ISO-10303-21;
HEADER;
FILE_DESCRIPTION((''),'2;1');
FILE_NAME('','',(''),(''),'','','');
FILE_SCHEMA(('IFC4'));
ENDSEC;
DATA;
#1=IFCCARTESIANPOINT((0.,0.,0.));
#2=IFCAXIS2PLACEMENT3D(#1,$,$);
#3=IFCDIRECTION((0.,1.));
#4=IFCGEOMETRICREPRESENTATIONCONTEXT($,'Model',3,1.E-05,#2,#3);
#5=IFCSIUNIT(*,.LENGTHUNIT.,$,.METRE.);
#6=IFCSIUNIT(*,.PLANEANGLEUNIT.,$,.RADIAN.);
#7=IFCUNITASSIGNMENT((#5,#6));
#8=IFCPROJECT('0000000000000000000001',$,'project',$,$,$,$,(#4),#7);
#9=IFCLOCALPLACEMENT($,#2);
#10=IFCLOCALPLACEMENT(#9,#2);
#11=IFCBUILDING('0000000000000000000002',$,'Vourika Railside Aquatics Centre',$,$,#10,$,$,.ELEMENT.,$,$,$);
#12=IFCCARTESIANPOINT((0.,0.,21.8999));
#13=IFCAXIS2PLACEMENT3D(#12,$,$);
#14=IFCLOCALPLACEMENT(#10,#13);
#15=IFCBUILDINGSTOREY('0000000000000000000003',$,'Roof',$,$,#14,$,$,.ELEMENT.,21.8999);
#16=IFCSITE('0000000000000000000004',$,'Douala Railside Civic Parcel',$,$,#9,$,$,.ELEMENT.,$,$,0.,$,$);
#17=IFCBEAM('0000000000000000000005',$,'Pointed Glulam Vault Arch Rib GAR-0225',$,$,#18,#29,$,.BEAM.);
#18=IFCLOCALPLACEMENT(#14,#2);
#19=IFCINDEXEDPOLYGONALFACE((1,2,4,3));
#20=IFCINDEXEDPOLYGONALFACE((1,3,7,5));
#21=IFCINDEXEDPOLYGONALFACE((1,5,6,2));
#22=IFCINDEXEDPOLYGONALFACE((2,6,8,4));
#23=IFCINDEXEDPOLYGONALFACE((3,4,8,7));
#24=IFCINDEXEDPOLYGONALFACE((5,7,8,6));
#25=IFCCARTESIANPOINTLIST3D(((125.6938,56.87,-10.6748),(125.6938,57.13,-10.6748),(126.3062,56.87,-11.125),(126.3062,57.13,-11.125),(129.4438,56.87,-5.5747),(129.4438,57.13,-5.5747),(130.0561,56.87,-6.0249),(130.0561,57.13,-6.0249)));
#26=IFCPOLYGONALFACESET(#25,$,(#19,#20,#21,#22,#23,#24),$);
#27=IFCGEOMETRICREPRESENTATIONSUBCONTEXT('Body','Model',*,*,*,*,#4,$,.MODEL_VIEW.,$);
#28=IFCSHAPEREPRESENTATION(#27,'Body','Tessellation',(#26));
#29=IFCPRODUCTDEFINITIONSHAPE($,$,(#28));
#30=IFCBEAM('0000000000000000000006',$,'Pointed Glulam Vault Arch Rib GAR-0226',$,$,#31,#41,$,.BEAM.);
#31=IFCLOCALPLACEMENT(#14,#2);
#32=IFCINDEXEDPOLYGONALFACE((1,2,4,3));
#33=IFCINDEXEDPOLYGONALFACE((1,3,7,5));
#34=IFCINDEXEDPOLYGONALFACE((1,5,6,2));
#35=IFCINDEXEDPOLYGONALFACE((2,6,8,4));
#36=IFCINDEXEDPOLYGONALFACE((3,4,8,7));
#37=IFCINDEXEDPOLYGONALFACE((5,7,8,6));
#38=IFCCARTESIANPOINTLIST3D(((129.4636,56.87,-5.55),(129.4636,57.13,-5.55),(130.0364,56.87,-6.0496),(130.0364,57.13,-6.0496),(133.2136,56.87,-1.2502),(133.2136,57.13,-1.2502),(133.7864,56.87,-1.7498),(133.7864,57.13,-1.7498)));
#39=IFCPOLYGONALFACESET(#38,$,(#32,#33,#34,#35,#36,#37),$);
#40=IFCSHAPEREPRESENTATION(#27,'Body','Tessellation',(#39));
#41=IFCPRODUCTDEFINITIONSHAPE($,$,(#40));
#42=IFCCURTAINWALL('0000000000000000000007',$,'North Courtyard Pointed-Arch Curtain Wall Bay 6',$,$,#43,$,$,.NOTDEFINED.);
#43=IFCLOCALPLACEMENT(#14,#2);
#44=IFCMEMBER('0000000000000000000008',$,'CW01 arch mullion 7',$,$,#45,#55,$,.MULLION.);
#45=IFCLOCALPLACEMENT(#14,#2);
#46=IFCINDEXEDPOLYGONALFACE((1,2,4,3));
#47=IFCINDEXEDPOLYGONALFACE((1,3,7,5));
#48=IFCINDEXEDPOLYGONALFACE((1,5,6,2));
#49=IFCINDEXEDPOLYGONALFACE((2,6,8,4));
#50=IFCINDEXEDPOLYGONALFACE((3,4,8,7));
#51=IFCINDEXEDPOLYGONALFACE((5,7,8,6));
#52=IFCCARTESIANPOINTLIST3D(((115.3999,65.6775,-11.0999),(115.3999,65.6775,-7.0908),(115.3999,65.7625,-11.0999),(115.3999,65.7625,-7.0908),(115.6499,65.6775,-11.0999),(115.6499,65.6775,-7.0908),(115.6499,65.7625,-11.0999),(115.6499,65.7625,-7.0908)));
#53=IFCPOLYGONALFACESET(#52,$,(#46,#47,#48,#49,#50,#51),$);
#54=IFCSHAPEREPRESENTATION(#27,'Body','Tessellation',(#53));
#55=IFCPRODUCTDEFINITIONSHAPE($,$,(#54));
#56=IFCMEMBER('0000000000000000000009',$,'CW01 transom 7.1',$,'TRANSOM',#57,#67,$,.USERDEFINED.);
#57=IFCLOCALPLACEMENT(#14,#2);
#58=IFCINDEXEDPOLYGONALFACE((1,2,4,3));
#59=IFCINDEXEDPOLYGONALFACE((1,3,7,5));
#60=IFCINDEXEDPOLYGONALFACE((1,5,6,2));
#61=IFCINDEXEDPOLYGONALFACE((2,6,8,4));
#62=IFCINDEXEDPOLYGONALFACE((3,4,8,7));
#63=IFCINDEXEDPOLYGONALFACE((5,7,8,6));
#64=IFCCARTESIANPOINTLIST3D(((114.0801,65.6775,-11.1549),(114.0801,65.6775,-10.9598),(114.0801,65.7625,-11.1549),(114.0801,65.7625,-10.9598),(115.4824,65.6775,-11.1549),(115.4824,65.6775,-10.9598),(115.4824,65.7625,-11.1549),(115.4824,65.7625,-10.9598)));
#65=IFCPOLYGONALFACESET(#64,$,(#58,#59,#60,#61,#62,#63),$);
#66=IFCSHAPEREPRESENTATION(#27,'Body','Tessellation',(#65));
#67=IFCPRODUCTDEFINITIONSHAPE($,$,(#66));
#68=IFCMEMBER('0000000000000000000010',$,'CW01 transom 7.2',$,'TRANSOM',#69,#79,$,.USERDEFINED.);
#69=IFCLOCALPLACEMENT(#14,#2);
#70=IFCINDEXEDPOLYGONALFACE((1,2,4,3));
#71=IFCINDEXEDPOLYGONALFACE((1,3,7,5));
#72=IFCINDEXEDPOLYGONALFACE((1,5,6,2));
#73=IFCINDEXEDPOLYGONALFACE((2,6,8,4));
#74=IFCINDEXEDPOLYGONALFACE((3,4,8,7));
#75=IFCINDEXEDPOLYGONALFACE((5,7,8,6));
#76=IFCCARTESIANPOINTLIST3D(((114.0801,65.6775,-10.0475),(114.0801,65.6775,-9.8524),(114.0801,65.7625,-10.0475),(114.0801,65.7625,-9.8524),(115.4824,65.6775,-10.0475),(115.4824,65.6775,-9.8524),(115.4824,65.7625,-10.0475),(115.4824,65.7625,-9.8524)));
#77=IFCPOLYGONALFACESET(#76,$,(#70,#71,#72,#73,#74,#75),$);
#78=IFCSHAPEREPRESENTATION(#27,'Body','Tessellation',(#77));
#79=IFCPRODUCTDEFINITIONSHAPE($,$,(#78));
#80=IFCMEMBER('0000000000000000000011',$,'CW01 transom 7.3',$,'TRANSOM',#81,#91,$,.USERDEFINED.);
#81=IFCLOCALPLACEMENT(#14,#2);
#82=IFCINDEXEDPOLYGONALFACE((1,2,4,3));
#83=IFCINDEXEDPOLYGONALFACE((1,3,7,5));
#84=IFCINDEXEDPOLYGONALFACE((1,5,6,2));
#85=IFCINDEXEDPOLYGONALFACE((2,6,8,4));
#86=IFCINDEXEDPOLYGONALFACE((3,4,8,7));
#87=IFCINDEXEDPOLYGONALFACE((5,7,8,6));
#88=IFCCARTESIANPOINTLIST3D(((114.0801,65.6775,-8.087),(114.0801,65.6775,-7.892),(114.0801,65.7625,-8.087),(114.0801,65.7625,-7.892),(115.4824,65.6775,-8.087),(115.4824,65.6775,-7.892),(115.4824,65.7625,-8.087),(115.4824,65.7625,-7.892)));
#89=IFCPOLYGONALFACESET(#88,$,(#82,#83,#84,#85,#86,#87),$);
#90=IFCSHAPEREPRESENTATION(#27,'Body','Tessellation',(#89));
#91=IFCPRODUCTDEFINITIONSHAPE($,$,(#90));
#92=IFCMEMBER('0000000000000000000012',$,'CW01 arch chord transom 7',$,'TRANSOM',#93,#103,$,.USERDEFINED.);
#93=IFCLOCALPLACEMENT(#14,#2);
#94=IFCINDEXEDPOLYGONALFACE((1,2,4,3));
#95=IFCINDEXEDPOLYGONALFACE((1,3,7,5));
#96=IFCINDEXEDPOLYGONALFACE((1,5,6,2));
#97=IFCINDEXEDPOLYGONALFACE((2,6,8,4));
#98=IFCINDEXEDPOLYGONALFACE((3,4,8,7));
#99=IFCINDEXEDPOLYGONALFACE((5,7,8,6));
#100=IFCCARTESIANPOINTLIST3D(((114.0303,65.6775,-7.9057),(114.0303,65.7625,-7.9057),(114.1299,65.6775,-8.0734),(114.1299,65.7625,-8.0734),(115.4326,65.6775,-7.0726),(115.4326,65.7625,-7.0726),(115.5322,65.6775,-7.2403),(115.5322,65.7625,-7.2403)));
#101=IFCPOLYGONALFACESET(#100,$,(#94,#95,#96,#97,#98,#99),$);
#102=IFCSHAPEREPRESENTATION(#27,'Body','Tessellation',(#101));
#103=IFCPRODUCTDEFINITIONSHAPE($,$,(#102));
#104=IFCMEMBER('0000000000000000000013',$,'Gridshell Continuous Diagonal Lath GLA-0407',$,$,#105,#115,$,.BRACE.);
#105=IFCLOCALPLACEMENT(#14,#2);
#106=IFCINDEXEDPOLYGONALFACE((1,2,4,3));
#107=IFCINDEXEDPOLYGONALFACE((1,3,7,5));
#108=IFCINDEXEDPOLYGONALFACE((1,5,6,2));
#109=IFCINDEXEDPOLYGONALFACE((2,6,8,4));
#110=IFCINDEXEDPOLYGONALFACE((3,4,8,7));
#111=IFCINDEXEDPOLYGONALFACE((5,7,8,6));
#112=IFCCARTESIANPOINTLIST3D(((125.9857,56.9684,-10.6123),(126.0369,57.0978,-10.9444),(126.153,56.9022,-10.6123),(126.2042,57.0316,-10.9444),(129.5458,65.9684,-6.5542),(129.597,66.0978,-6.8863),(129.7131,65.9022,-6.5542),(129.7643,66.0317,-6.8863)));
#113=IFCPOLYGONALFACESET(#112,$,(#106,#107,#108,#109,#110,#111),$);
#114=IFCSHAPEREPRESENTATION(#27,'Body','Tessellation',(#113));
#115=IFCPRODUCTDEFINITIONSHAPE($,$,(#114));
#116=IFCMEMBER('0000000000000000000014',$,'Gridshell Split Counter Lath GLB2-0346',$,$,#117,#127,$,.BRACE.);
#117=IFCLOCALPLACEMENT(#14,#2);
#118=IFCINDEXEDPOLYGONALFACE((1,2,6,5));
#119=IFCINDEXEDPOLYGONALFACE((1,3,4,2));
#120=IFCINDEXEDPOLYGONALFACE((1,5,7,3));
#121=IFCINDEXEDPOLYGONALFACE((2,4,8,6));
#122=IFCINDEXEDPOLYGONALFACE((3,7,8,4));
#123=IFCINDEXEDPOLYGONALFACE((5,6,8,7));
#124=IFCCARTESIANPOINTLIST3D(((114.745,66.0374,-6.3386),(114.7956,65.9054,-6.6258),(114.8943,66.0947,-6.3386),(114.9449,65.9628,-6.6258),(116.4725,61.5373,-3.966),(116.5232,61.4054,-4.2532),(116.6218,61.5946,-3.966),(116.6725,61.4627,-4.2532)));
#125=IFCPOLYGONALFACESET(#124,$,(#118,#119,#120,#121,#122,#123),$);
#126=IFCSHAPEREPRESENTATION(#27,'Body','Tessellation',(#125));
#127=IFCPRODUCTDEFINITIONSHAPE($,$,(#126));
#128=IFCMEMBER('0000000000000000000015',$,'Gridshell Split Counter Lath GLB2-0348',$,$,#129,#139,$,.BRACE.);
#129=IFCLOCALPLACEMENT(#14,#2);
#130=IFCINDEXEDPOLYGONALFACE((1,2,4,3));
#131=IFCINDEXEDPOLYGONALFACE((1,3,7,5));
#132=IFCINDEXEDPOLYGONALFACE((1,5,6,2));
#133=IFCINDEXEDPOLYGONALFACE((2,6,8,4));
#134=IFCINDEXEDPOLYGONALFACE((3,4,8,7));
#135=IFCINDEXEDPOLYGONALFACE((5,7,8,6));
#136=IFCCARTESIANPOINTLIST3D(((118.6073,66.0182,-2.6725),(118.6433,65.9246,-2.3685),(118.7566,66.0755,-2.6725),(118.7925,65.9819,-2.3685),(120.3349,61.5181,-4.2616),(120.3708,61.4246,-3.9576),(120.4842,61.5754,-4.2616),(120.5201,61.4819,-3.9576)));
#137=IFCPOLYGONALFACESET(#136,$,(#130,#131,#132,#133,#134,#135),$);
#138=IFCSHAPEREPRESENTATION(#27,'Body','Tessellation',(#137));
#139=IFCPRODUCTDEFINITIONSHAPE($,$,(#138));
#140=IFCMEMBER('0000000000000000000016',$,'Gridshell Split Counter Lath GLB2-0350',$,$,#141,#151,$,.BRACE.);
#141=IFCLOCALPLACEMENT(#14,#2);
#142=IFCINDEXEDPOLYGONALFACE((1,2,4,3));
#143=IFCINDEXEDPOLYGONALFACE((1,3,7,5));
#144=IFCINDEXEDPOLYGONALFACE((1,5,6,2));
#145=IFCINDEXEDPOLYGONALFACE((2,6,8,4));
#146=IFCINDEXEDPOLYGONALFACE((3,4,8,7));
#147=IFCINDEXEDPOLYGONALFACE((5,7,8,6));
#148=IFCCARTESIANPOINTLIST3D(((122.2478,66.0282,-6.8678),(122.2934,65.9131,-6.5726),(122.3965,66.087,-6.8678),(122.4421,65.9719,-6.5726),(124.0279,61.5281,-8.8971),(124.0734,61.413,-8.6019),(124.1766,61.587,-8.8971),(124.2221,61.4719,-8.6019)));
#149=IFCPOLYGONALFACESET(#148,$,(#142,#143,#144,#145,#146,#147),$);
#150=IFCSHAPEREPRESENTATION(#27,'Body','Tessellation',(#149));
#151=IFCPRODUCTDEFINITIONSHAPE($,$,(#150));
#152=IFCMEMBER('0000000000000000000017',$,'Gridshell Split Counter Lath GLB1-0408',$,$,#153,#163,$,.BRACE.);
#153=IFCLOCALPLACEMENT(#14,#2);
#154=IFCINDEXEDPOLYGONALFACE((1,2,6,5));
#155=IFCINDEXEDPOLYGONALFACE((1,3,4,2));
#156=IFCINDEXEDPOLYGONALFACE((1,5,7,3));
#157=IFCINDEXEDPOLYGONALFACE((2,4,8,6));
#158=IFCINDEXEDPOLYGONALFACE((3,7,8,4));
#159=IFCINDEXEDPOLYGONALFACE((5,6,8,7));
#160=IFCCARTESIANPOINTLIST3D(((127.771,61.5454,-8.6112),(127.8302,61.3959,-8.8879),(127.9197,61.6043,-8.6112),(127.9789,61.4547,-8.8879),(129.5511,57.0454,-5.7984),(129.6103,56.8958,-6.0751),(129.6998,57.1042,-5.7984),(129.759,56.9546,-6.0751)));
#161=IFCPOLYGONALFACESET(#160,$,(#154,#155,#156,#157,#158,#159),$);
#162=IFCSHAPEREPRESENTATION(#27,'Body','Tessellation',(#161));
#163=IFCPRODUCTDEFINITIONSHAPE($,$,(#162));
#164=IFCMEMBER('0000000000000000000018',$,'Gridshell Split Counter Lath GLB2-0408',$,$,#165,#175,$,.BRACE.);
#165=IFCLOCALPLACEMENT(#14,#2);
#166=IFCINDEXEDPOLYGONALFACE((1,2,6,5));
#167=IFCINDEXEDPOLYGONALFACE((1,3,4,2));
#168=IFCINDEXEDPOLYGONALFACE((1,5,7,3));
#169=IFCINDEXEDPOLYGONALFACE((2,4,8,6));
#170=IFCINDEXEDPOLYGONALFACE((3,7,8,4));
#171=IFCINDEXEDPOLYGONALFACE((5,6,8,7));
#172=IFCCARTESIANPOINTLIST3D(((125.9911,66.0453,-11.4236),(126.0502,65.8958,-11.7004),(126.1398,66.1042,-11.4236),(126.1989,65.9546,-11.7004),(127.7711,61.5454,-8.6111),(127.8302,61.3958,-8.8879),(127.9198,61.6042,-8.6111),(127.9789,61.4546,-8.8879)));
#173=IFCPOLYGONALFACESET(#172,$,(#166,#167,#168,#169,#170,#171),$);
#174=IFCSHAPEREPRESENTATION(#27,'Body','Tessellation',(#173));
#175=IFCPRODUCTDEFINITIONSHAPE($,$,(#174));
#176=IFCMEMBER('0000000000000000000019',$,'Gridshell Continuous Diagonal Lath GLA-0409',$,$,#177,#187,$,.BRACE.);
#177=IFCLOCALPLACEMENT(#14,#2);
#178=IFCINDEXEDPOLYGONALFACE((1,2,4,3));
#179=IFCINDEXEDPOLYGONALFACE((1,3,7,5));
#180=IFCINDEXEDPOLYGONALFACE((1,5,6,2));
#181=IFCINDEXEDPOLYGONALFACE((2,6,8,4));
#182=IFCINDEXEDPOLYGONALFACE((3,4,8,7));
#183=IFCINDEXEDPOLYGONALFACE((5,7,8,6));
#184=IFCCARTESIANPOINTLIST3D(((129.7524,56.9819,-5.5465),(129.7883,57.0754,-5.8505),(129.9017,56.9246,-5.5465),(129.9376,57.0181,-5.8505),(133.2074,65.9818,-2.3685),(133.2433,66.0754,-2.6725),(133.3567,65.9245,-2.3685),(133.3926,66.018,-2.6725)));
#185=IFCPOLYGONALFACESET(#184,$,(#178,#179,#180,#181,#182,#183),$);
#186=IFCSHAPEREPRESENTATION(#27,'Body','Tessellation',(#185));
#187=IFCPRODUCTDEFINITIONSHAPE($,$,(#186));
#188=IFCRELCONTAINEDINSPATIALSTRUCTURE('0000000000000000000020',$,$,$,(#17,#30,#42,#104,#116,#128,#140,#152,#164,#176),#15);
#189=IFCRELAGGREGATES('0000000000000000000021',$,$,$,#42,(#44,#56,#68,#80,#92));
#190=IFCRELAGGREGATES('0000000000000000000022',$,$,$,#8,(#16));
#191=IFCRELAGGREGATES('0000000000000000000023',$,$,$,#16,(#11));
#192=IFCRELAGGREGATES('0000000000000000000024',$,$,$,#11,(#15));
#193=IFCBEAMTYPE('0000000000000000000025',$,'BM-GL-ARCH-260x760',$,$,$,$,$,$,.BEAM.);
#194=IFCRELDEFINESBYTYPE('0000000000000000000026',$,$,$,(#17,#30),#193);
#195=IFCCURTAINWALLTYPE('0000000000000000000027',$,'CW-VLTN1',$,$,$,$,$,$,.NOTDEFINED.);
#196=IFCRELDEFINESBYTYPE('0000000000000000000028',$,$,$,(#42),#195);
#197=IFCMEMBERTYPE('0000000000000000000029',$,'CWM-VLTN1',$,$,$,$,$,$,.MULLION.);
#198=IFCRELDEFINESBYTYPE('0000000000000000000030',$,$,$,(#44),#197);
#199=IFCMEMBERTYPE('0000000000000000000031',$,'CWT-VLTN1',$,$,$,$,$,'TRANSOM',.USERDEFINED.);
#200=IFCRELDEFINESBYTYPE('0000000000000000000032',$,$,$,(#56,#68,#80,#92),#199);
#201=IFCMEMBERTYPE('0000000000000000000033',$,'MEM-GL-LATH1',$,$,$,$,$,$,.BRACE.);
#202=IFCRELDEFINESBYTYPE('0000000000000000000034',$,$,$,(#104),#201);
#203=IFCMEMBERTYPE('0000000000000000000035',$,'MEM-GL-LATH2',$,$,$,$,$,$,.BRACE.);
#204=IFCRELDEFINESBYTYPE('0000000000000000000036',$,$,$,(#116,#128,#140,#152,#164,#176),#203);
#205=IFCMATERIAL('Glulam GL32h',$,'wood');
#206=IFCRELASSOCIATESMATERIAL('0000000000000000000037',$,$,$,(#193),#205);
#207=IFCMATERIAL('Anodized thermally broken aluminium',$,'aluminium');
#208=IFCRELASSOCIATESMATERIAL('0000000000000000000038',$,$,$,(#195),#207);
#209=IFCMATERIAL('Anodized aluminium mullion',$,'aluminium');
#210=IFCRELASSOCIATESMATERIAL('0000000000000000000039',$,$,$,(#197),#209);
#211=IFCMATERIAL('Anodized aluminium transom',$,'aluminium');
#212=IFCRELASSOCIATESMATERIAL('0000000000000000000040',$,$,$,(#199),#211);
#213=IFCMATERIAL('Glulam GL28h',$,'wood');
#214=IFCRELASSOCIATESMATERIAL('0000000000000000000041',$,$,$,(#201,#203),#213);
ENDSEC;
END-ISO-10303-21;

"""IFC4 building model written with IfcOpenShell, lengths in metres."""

from ifc_helpers import new_model, si_unit, direction, frame, origin, origin_2d, place, context, subcontext, project, spatial, rectangle, extrude, material, material_profile, profile_set, type_object, element, aggregate, save


model = new_model("IFC4")

# Units and contexts
model_context = context("Model", 3, precision=1e-05, world=origin(), true_north=direction((0.0, 1.0)))
body_context = subcontext(model_context, "Body", "Model", "MODEL_VIEW")
ifc_project = project(units=[si_unit("LENGTHUNIT", "METRE"), si_unit("PLANEANGLEUNIT", "RADIAN")], contexts=[model_context])

# Site, building, storey
site_placement = place(None, origin())
site = spatial("IfcSite", under=ifc_project, at=site_placement, Name="Douala Railside Civic Parcel", CompositionType="ELEMENT", RefElevation=0.0)
building_placement = place(site_placement, origin())
building = spatial("IfcBuilding", under=site, at=building_placement, Name="Vourika Railside Aquatics Centre", CompositionType="ELEMENT")
storey_placement = place(building_placement, frame((0.0, 0.0, 21.8999)))
storey = spatial("IfcBuildingStorey", under=building, at=storey_placement, Name="Roof", CompositionType="ELEMENT", Elevation=21.8999)

# Beams
ifc_material_1 = material(Name="Glulam GL32h", Category="wood")
ifc_material_profile_1 = material_profile(ifc_material_1, rectangle(XDim=0.26, YDim=0.76, at=origin_2d()), Name="GL32h 260x760")
ifc_profile_set_1 = profile_set([ifc_material_profile_1], Name="Glulam GL32h")
beam_type = type_object("IfcBeamType", Name="BM-GL-ARCH-260x760", PredefinedType="BEAM", material=ifc_profile_set_1)
beam_1_placement = place(storey_placement, frame((126.0, 57.0, -10.8999), z_axis=(0.592383, 0.0, 0.805656), x_axis=(0.0, 1.0, 0.0)))
element("IfcBeam", 1, at=beam_1_placement, inside=storey, type_object=beam_type, Name="Pointed Glulam Vault Arch Rib GAR-0225", PredefinedType="BEAM", context=body_context, shape_type="SweptSolid", body=[
    extrude(rectangle(XDim=0.26, YDim=0.76, at=origin_2d()), origin(), (0.0, 0.0, 1.0), 6.3303),
])
beam_2_placement = place(storey_placement, frame((129.75, 57.0, -5.7998), z_axis=(0.65728, 0.0, 0.753647), x_axis=(0.0, 1.0, 0.0)))
element("IfcBeam", 2, at=beam_2_placement, inside=storey, type_object=beam_type, Name="Pointed Glulam Vault Arch Rib GAR-0226", PredefinedType="BEAM", context=body_context, shape_type="SweptSolid", body=[
    extrude(rectangle(XDim=0.26, YDim=0.76, at=origin_2d()), origin(), (0.0, 0.0, 1.0), 5.7053),
])

# Curtain wall, members
ifc_material_2 = material(Name="Anodized thermally broken aluminium", Category="aluminium")
curtain_wall_type = type_object("IfcCurtainWallType", Name="CW-VLTN1", PredefinedType="NOTDEFINED", material=ifc_material_2)
curtain_wall_placement = place(storey_placement, origin())
curtain_wall = element("IfcCurtainWall", 3, at=curtain_wall_placement, inside=storey, type_object=curtain_wall_type, Name="North Courtyard Pointed-Arch Curtain Wall Bay 6", PredefinedType="NOTDEFINED")
ifc_material_3 = material(Name="Anodized aluminium mullion", Category="aluminium")
ifc_material_profile_2 = material_profile(ifc_material_3, rectangle(XDim=0.085, YDim=0.25, at=origin_2d()), Name="ALU-M 85x250")
ifc_profile_set_2 = profile_set([ifc_material_profile_2], Name="Anodized aluminium mullion")
member_type_1 = type_object("IfcMemberType", Name="CWM-VLTN1", PredefinedType="MULLION", material=ifc_profile_set_2)
member_1_placement = place(storey_placement, frame((115.5249, 65.72, -11.0999), z_axis=(0.0, 0.0, 1.0), x_axis=(0.0, -1.0, 0.0)))
member_1 = element("IfcMember", 4, at=member_1_placement, type_object=member_type_1, Name="CW01 arch mullion 7", PredefinedType="MULLION", context=body_context, shape_type="SweptSolid", body=[
    extrude(rectangle(XDim=0.085, YDim=0.25, at=origin_2d()), origin(), (0.0, 0.0, 1.0), 4.009),
])
ifc_material_4 = material(Name="Anodized aluminium transom", Category="aluminium")
ifc_material_profile_3 = material_profile(ifc_material_4, rectangle(XDim=0.085, YDim=0.1951, at=origin_2d()), Name="ALU-T 85x195")
ifc_profile_set_3 = profile_set([ifc_material_profile_3], Name="Anodized aluminium transom")
member_type_2 = type_object("IfcMemberType", Name="CWT-VLTN1", ElementType="TRANSOM", PredefinedType="USERDEFINED", material=ifc_profile_set_3)
member_2_placement = place(storey_placement, frame((115.4824, 65.72, -11.0574), z_axis=(-1.0, 0.0, 0.0), x_axis=(0.0, -1.0, 0.0)))
member_2 = element("IfcMember", 5, at=member_2_placement, type_object=member_type_2, Name="CW01 transom 7.1", ObjectType="TRANSOM", PredefinedType="USERDEFINED", context=body_context, shape_type="SweptSolid", body=[
    extrude(rectangle(XDim=0.085, YDim=0.1951, at=origin_2d()), origin(), (0.0, 0.0, 1.0), 1.4023),
])
member_3_placement = place(storey_placement, frame((115.4824, 65.72, -9.95), z_axis=(-1.0, 0.0, 0.0), x_axis=(0.0, -1.0, 0.0)))
member_3 = element("IfcMember", 6, at=member_3_placement, type_object=member_type_2, Name="CW01 transom 7.2", ObjectType="TRANSOM", PredefinedType="USERDEFINED", context=body_context, shape_type="SweptSolid", body=[
    extrude(rectangle(XDim=0.085, YDim=0.1951, at=origin_2d()), origin(), (0.0, 0.0, 1.0), 1.4023),
])
member_4_placement = place(storey_placement, frame((115.4824, 65.72, -7.9895), z_axis=(-1.0, 0.0, 0.0), x_axis=(0.0, -1.0, 0.0)))
member_4 = element("IfcMember", 7, at=member_4_placement, type_object=member_type_2, Name="CW01 transom 7.3", ObjectType="TRANSOM", PredefinedType="USERDEFINED", context=body_context, shape_type="SweptSolid", body=[
    extrude(rectangle(XDim=0.085, YDim=0.1951, at=origin_2d()), origin(), (0.0, 0.0, 1.0), 1.4023),
])
member_5_placement = place(storey_placement, frame((115.4824, 65.72, -7.1565), z_axis=(-0.859756, 0.0, -0.510705), x_axis=(0.0, -1.0, 0.0)))
member_5 = element("IfcMember", 8, at=member_5_placement, type_object=member_type_2, Name="CW01 arch chord transom 7", ObjectType="TRANSOM", PredefinedType="USERDEFINED", context=body_context, shape_type="SweptSolid", body=[
    extrude(rectangle(XDim=0.085, YDim=0.1951, at=origin_2d()), origin(), (0.0, 0.0, 1.0), 1.6311),
])

# Members
ifc_material_5 = material(Name="Glulam GL28h", Category="wood")
ifc_material_profile_4 = material_profile(ifc_material_5, rectangle(XDim=0.1799, YDim=0.3601, at=origin_2d()), Name="GL28h 180x360")
ifc_profile_set_4 = profile_set([ifc_material_profile_4], Name="Glulam GL28h")
member_type_3 = type_object("IfcMemberType", Name="MEM-GL-LATH1", PredefinedType="BRACE", material=ifc_profile_set_4)
member_6_placement = place(storey_placement, frame((126.095, 57.0, -10.7783), z_axis=(0.339219, 0.857562, 0.386675), x_axis=(-0.929893, 0.36783, 0.0)))
element("IfcMember", 9, at=member_6_placement, inside=storey, type_object=member_type_3, Name="Gridshell Continuous Diagonal Lath GLA-0407", PredefinedType="BRACE", context=body_context, shape_type="SweptSolid", body=[
    extrude(rectangle(XDim=0.1799, YDim=0.3601, at=origin_2d()), origin(), (0.0, 0.0, 1.0), 10.4949),
])
ifc_material_profile_5 = material_profile(ifc_material_5, rectangle(XDim=0.1599, YDim=0.3201, at=origin_2d()), Name="GL28h 160x320")
ifc_profile_set_5 = profile_set([ifc_material_profile_5], Name="Glulam GL28h")
member_type_4 = type_object("IfcMemberType", Name="MEM-GL-LATH2", PredefinedType="BRACE", material=ifc_profile_set_5)
member_7_placement = place(storey_placement, frame((116.5725, 61.5, -4.1096), z_axis=(-0.321554, 0.837604, -0.441614), x_axis=(-0.93357, -0.358395, 0.0)))
element("IfcMember", 10, at=member_7_placement, inside=storey, type_object=member_type_4, Name="Gridshell Split Counter Lath GLB2-0346", PredefinedType="BRACE", context=body_context, shape_type="SweptSolid", body=[
    extrude(rectangle(XDim=0.1599, YDim=0.3201, at=origin_2d()), origin(), (0.0, 0.0, 1.0), 5.3726),
])
member_8_placement = place(storey_placement, frame((120.4275, 61.5, -4.1096), z_axis=(-0.340375, 0.88663, 0.313101), x_axis=(-0.93357, -0.358395, 0.0)))
element("IfcMember", 11, at=member_8_placement, inside=storey, type_object=member_type_4, Name="Gridshell Split Counter Lath GLB2-0348", PredefinedType="BRACE", context=body_context, shape_type="SweptSolid", body=[
    extrude(rectangle(XDim=0.1599, YDim=0.3201, at=origin_2d()), origin(), (0.0, 0.0, 1.0), 5.0754),
])
member_9_placement = place(storey_placement, frame((124.125, 61.5, -8.7495), z_axis=(-0.339213, 0.857547, 0.386715), x_axis=(-0.929893, -0.36783, 0.0)))
element("IfcMember", 12, at=member_9_placement, inside=storey, type_object=member_type_4, Name="Gridshell Split Counter Lath GLB2-0350", PredefinedType="BRACE", context=body_context, shape_type="SweptSolid", body=[
    extrude(rectangle(XDim=0.1599, YDim=0.3201, at=origin_2d()), origin(), (0.0, 0.0, 1.0), 5.2476),
])
member_10_placement = place(storey_placement, frame((129.655, 57.0, -5.9368), z_axis=(-0.318014, 0.803956, -0.502516), x_axis=(-0.929893, -0.36783, 0.0)))
element("IfcMember", 13, at=member_10_placement, inside=storey, type_object=member_type_4, Name="Gridshell Split Counter Lath GLB1-0408", PredefinedType="BRACE", context=body_context, shape_type="SweptSolid", body=[
    extrude(rectangle(XDim=0.1599, YDim=0.3201, at=origin_2d()), origin(), (0.0, 0.0, 1.0), 5.5974),
])
member_11_placement = place(storey_placement, frame((127.875, 61.5, -8.7495), z_axis=(-0.318021, 0.803973, -0.502483), x_axis=(-0.929893, -0.36783, 0.0)))
element("IfcMember", 14, at=member_11_placement, inside=storey, type_object=member_type_4, Name="Gridshell Split Counter Lath GLB2-0408", PredefinedType="BRACE", context=body_context, shape_type="SweptSolid", body=[
    extrude(rectangle(XDim=0.1599, YDim=0.3201, at=origin_2d()), origin(), (0.0, 0.0, 1.0), 5.5972),
])
member_12_placement = place(storey_placement, frame((129.845, 57.0, -5.6985), z_axis=(0.340378, 0.886637, 0.313079), x_axis=(-0.93357, 0.358395, 0.0)))
element("IfcMember", 15, at=member_12_placement, inside=storey, type_object=member_type_4, Name="Gridshell Continuous Diagonal Lath GLA-0409", PredefinedType="BRACE", context=body_context, shape_type="SweptSolid", body=[
    extrude(rectangle(XDim=0.1599, YDim=0.3201, at=origin_2d()), origin(), (0.0, 0.0, 1.0), 10.1506),
])

aggregate(curtain_wall, [member_1, member_2, member_3, member_4, member_5])

save(model, "model.ifc")
